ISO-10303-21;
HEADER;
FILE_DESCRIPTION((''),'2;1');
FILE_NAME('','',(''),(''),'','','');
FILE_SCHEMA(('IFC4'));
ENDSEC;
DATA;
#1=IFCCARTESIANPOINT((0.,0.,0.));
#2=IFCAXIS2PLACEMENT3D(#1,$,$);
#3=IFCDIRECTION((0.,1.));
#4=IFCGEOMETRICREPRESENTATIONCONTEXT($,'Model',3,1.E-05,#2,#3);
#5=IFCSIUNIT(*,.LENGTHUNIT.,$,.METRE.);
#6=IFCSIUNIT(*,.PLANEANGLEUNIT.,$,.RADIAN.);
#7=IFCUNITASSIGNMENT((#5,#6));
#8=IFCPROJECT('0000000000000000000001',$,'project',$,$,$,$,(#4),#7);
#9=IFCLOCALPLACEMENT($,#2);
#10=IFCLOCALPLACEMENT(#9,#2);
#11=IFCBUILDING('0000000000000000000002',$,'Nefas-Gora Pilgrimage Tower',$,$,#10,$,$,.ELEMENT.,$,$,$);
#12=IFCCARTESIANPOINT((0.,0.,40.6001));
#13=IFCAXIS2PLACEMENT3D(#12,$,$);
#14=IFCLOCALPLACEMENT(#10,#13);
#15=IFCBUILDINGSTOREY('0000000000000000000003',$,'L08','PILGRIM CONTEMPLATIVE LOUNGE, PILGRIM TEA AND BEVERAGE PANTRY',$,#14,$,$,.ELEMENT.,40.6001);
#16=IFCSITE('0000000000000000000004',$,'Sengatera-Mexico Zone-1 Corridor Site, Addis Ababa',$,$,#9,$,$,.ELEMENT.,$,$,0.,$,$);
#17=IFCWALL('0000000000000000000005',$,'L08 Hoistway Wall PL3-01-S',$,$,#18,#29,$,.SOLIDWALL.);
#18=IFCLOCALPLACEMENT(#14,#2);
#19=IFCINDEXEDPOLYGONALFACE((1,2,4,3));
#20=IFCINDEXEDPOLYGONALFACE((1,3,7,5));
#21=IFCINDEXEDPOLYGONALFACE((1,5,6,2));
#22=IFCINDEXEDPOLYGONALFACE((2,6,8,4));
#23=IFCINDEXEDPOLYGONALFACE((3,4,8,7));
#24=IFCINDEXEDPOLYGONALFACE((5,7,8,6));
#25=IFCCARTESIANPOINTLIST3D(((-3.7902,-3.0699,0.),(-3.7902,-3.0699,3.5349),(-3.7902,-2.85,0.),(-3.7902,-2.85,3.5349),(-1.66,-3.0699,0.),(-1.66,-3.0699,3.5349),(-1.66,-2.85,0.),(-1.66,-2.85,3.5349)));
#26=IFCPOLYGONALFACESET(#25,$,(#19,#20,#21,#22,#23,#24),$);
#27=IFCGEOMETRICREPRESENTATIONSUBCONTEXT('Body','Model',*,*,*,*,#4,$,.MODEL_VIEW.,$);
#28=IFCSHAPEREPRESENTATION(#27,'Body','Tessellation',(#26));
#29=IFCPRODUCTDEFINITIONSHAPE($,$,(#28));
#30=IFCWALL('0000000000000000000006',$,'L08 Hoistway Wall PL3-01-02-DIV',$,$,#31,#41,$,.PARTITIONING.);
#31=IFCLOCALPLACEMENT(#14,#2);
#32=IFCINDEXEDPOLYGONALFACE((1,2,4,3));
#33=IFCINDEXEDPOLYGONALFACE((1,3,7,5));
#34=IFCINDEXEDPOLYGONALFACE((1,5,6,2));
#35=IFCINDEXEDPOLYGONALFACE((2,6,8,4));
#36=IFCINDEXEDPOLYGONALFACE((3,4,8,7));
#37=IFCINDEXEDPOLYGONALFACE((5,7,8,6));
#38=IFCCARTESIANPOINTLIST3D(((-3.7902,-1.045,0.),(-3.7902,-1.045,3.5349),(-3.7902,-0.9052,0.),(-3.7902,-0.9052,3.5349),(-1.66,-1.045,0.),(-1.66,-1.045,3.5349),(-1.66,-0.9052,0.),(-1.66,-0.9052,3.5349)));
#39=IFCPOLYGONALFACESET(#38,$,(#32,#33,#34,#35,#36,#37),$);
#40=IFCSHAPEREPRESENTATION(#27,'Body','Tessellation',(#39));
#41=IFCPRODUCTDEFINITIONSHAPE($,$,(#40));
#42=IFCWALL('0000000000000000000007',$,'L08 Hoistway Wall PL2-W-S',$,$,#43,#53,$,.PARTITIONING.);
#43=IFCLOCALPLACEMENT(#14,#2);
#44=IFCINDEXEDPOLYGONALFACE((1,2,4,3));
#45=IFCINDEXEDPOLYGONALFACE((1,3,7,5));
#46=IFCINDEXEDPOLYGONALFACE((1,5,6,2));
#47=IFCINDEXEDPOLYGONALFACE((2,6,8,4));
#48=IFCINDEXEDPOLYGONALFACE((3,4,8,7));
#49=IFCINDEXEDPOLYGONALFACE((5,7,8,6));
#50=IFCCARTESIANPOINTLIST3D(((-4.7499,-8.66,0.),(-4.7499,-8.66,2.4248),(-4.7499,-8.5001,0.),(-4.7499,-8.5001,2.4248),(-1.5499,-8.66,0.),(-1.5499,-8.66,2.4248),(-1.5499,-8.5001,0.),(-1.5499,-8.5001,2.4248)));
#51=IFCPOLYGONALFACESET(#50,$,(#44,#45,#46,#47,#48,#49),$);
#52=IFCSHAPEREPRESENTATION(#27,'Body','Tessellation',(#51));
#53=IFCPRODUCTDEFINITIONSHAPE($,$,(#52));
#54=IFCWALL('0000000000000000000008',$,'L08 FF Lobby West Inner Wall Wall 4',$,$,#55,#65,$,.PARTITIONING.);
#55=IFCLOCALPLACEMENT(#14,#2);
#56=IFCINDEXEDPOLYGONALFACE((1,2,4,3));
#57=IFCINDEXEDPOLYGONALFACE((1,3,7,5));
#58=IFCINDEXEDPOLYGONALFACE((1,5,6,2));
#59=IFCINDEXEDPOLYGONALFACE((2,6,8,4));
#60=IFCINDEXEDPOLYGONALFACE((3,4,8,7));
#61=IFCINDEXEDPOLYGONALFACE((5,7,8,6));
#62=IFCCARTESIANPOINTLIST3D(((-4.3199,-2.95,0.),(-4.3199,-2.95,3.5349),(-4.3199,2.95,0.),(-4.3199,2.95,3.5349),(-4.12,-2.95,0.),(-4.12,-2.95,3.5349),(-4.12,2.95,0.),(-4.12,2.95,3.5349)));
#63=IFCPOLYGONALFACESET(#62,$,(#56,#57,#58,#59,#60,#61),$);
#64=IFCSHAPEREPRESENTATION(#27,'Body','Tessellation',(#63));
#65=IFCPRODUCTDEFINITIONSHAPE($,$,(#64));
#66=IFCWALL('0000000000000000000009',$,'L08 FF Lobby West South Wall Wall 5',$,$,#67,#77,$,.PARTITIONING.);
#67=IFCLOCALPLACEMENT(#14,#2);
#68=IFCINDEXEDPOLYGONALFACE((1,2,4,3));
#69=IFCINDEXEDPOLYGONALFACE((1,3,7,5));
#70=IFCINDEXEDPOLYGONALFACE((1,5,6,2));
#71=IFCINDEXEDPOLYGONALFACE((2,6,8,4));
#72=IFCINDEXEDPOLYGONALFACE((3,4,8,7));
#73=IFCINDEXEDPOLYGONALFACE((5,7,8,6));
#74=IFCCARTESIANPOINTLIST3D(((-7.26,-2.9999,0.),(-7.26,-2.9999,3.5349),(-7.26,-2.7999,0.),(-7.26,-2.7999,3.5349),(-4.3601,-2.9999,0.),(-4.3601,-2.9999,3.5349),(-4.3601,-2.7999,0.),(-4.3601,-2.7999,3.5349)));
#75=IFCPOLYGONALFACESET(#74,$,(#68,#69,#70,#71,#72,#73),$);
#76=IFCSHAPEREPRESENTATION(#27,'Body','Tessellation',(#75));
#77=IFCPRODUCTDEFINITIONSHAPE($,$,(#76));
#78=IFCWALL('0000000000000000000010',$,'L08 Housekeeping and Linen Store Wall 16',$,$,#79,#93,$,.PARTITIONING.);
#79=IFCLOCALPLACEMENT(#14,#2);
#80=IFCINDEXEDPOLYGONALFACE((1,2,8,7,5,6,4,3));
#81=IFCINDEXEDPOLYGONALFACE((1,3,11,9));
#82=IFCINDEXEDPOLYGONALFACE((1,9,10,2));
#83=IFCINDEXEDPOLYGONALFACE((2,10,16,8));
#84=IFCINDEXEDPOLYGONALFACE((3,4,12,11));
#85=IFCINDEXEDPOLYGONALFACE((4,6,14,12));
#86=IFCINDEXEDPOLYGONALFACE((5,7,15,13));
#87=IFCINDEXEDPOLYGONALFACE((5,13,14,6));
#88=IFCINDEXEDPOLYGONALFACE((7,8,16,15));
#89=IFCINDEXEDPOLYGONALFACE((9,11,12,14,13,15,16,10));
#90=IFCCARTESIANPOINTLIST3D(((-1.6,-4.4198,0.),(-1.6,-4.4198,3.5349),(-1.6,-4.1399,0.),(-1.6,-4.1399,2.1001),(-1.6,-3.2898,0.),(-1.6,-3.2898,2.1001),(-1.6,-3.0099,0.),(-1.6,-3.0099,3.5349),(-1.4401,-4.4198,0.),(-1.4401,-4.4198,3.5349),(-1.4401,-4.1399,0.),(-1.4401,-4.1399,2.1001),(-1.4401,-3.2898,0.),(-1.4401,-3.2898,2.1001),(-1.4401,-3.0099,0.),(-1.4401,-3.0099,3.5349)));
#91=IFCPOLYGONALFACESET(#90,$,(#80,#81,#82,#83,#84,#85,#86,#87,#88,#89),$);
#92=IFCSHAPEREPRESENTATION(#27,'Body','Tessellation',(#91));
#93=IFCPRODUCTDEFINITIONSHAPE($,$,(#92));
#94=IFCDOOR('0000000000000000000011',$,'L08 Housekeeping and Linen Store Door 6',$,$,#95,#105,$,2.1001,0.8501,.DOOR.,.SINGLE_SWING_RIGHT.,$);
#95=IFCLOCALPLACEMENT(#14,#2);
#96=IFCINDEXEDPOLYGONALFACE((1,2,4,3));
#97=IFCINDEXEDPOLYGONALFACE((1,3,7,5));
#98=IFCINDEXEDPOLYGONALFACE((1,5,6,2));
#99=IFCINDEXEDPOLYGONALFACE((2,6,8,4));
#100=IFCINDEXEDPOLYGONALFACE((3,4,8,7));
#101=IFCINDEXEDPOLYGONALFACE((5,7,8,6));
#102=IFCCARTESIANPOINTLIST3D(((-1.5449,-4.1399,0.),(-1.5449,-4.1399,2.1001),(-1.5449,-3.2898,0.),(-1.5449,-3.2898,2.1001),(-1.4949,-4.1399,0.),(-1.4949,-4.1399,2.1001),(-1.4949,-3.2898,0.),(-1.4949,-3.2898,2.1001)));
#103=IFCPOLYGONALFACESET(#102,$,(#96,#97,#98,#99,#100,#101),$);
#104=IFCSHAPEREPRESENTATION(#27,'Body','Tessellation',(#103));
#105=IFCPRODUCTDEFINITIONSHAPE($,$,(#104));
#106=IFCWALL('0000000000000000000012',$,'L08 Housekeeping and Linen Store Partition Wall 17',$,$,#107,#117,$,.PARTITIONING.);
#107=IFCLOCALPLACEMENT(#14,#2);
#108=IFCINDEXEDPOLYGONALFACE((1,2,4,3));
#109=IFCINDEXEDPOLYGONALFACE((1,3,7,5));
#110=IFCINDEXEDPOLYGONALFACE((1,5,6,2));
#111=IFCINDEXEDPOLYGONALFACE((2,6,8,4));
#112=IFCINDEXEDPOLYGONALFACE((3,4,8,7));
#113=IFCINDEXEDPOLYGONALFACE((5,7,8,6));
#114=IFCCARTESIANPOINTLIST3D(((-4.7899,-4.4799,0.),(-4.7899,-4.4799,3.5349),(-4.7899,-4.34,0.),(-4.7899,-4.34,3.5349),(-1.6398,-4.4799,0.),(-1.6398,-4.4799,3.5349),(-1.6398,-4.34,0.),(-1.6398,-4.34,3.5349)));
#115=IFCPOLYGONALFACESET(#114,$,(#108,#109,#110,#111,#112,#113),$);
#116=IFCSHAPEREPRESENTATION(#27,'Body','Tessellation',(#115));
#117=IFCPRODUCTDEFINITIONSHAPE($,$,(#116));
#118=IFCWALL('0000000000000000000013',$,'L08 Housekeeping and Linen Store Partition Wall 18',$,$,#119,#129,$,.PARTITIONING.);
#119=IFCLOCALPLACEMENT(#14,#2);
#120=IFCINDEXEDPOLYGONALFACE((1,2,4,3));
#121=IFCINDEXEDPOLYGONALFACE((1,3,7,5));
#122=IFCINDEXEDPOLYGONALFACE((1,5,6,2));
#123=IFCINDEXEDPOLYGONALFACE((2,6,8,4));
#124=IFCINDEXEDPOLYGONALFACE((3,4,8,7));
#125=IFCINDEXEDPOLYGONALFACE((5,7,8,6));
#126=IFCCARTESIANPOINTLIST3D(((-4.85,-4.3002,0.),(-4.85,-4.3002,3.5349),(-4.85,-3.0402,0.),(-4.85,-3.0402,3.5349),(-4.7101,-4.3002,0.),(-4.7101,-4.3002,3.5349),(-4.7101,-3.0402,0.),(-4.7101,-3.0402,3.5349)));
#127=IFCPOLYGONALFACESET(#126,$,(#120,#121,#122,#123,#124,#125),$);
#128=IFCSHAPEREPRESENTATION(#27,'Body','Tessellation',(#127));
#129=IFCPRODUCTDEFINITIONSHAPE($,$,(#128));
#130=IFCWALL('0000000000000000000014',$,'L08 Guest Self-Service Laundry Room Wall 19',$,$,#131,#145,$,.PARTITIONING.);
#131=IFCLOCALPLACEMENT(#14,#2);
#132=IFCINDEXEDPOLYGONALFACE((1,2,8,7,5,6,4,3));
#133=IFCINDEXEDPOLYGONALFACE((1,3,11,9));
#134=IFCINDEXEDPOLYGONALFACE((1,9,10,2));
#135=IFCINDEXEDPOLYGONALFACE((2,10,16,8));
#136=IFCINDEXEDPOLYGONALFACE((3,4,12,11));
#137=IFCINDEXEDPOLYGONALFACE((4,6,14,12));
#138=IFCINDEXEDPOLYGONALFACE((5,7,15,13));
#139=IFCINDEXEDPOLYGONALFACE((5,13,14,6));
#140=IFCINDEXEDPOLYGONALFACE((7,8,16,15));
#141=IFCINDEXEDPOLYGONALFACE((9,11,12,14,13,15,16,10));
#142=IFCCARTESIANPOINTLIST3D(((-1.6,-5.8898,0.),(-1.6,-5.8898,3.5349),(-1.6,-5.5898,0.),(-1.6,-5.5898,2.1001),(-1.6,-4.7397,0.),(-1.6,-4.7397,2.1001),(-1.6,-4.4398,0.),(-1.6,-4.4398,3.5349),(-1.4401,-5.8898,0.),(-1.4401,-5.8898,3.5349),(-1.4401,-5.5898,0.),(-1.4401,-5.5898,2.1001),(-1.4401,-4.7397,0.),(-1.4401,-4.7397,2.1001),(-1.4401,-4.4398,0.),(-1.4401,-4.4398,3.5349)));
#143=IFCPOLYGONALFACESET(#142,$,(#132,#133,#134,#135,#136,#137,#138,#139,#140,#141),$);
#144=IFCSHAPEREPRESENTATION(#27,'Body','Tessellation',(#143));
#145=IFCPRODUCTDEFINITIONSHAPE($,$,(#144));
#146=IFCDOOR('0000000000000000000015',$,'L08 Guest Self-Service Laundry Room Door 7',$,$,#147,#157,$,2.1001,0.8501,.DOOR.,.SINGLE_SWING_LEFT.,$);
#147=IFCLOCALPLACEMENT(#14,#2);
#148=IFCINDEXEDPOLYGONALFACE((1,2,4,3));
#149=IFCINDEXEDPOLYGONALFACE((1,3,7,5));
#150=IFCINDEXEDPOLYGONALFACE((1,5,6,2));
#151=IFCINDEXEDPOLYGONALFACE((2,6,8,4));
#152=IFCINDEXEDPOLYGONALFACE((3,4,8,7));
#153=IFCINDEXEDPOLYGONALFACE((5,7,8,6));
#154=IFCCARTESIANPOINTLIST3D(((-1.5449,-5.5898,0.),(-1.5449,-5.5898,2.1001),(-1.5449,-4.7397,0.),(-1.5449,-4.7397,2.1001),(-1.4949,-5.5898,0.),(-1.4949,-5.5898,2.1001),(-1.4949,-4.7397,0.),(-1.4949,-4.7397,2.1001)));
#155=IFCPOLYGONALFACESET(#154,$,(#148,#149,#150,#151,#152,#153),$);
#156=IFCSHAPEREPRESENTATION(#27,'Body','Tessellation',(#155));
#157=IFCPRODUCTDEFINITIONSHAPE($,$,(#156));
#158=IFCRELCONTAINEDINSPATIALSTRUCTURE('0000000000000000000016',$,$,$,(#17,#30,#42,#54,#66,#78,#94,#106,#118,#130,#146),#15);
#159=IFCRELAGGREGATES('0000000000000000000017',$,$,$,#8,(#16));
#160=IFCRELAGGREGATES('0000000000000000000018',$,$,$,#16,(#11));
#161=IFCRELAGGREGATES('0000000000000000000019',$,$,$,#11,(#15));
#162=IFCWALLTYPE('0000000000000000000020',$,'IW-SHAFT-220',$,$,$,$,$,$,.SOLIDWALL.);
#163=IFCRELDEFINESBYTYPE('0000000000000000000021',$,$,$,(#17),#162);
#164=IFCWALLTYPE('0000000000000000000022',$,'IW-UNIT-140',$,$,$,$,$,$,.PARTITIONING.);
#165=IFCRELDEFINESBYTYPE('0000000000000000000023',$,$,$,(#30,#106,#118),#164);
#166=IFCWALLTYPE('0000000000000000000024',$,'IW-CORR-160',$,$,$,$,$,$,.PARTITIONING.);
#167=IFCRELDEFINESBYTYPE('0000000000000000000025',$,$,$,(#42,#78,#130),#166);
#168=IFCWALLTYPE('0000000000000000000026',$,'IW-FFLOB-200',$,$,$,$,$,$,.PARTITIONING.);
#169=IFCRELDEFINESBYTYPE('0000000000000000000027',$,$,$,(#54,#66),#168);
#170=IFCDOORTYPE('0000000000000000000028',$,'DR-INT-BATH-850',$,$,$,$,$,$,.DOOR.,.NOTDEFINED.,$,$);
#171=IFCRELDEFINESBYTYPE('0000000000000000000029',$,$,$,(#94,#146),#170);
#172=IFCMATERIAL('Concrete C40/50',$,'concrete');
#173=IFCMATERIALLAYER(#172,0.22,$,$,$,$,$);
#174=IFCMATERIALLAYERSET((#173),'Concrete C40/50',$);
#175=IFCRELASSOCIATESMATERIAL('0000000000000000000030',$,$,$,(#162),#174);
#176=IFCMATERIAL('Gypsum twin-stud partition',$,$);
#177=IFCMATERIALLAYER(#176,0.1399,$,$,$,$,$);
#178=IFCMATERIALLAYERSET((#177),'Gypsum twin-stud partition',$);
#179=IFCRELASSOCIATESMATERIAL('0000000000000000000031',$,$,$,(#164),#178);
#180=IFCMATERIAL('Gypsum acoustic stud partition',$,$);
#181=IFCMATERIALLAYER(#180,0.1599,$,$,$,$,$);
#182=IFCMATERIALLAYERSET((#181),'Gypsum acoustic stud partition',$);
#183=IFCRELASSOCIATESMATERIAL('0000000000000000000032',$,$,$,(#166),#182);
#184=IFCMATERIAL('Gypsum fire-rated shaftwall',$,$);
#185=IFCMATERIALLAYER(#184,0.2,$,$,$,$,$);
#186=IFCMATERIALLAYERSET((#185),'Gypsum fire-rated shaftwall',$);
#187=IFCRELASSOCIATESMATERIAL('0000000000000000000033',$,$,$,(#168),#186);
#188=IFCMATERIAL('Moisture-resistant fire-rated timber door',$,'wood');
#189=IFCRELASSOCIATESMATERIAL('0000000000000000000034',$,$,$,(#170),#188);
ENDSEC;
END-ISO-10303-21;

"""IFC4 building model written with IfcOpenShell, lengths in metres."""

from ifc_helpers import new_model, si_unit, direction, frame, frame_2d, origin, place, context, subcontext, project, spatial, rectangle, extrude, source, transform, mapped, material, layer, layer_set, type_object, element, fill, save


model = new_model("IFC4")

# Units and contexts
model_context = context("Model", 3, precision=1e-05, world=origin(), true_north=direction((0.0, 1.0)))
body_context = subcontext(model_context, "Body", "Model", "MODEL_VIEW")
ifc_project = project(units=[si_unit("LENGTHUNIT", "METRE"), si_unit("PLANEANGLEUNIT", "RADIAN")], contexts=[model_context])

# Site, building, storey
site_placement = place(None, origin())
site = spatial("IfcSite", under=ifc_project, at=site_placement, Name="Sengatera-Mexico Zone-1 Corridor Site, Addis Ababa", CompositionType="ELEMENT", RefElevation=0.0)
building_placement = place(site_placement, origin())
building = spatial("IfcBuilding", under=site, at=building_placement, Name="Nefas-Gora Pilgrimage Tower", CompositionType="ELEMENT")
storey_placement = place(building_placement, frame((0.0, 0.0, 40.6001)))
storey = spatial("IfcBuildingStorey", under=building, at=storey_placement, Name="L08", Description="PILGRIM CONTEMPLATIVE LOUNGE, PILGRIM TEA AND BEVERAGE PANTRY", CompositionType="ELEMENT", Elevation=40.6001)

# Walls
ifc_material_1 = material(Name="Concrete C40/50", Category="concrete")
ifc_layer_1 = layer(ifc_material_1, 0.22)
ifc_layer_set_1 = layer_set([ifc_layer_1], Name="Concrete C40/50")
wall_type_1 = type_object("IfcWallType", Name="IW-SHAFT-220", PredefinedType="SOLIDWALL", material=ifc_layer_set_1)
ifc_material_2 = material(Name="Gypsum twin-stud partition")
ifc_layer_2 = layer(ifc_material_2, 0.1399)
ifc_layer_set_2 = layer_set([ifc_layer_2], Name="Gypsum twin-stud partition")
wall_type_2 = type_object("IfcWallType", Name="IW-UNIT-140", PredefinedType="PARTITIONING", material=ifc_layer_set_2)
shared_shape_1 = source(origin(), body_context, "Body", "SweptSolid", [
    extrude(rectangle(XDim=2.1301, YDim=0.22, at=frame_2d((1.0649, 0.0))), origin(), (0.0, 0.0, 1.0), 3.5349),
])
wall_1_placement = place(storey_placement, frame((-3.79, -2.96, 0.0), z_axis=(0.0, 0.0, 1.0), x_axis=(1.0, 0.0, 0.0)))
element("IfcWall", 1, at=wall_1_placement, inside=storey, type_object=wall_type_1, Name="L08 Hoistway Wall PL3-01-S", PredefinedType="SOLIDWALL", context=body_context, shape_type="MappedRepresentation", body=[
    mapped(shared_shape_1, transform((0.0, 0.0, 0.0), x_axis=(1.0, 0.0, 0.0), y_axis=(0.0, 1.0, 0.0), z_axis=(0.0, 0.0, 1.0), scale=1.0)),
])
shared_shape_2 = source(origin(), body_context, "Body", "SweptSolid", [
    extrude(rectangle(XDim=2.1301, YDim=0.1399, at=frame_2d((1.0649, 0.0))), origin(), (0.0, 0.0, 1.0), 3.5349),
])
wall_2_placement = place(storey_placement, frame((-3.79, -0.9751, 0.0), z_axis=(0.0, 0.0, 1.0), x_axis=(1.0, 0.0, 0.0)))
element("IfcWall", 2, at=wall_2_placement, inside=storey, type_object=wall_type_2, Name="L08 Hoistway Wall PL3-01-02-DIV", PredefinedType="PARTITIONING", context=body_context, shape_type="MappedRepresentation", body=[
    mapped(shared_shape_2, transform((0.0, 0.0, 0.0), x_axis=(1.0, 0.0, 0.0), y_axis=(0.0, 1.0, 0.0), z_axis=(0.0, 0.0, 1.0), scale=1.0)),
])
ifc_material_3 = material(Name="Gypsum acoustic stud partition")
ifc_layer_3 = layer(ifc_material_3, 0.1599)
ifc_layer_set_3 = layer_set([ifc_layer_3], Name="Gypsum acoustic stud partition")
wall_type_3 = type_object("IfcWallType", Name="IW-CORR-160", PredefinedType="PARTITIONING", material=ifc_layer_set_3)
shared_shape_3 = source(origin(), body_context, "Body", "SweptSolid", [
    extrude(rectangle(XDim=3.2, YDim=0.1599, at=frame_2d((1.6001, 0.0))), origin(), (0.0, 0.0, 1.0), 2.4248),
])
wall_3_placement = place(storey_placement, frame((-4.75, -8.5801, 0.0), z_axis=(0.0, 0.0, 1.0), x_axis=(1.0, 0.0, 0.0)))
element("IfcWall", 3, at=wall_3_placement, inside=storey, type_object=wall_type_3, Name="L08 Hoistway Wall PL2-W-S", PredefinedType="PARTITIONING", context=body_context, shape_type="MappedRepresentation", body=[
    mapped(shared_shape_3, transform((0.0, 0.0, 0.0), x_axis=(1.0, 0.0, 0.0), y_axis=(0.0, 1.0, 0.0), z_axis=(0.0, 0.0, 1.0), scale=1.0)),
])
ifc_material_4 = material(Name="Gypsum fire-rated shaftwall")
ifc_layer_4 = layer(ifc_material_4, 0.2)
ifc_layer_set_4 = layer_set([ifc_layer_4], Name="Gypsum fire-rated shaftwall")
wall_type_4 = type_object("IfcWallType", Name="IW-FFLOB-200", PredefinedType="PARTITIONING", material=ifc_layer_set_4)
shared_shape_4 = source(origin(), body_context, "Body", "SweptSolid", [
    extrude(rectangle(XDim=5.8999, YDim=0.2, at=frame_2d((2.95, 0.0))), origin(), (0.0, 0.0, 1.0), 3.5349),
])
wall_4_placement = place(storey_placement, frame((-4.22, -2.95, 0.0), z_axis=(0.0, 0.0, 1.0), x_axis=(0.0, 1.0, 0.0)))
element("IfcWall", 4, at=wall_4_placement, inside=storey, type_object=wall_type_4, Name="L08 FF Lobby West Inner Wall Wall 4", PredefinedType="PARTITIONING", context=body_context, shape_type="MappedRepresentation", body=[
    mapped(shared_shape_4, transform((0.0, 0.0, 0.0), x_axis=(1.0, 0.0, 0.0), y_axis=(0.0, 1.0, 0.0), z_axis=(0.0, 0.0, 1.0), scale=1.0)),
])
shared_shape_5 = source(origin(), body_context, "Body", "SweptSolid", [
    extrude(rectangle(XDim=2.8999, YDim=0.2, at=frame_2d((1.45, 0.0))), origin(), (0.0, 0.0, 1.0), 3.5349),
])
wall_5_placement = place(storey_placement, frame((-7.26, -2.8999, 0.0), z_axis=(0.0, 0.0, 1.0), x_axis=(1.0, 0.0, 0.0)))
element("IfcWall", 5, at=wall_5_placement, inside=storey, type_object=wall_type_4, Name="L08 FF Lobby West South Wall Wall 5", PredefinedType="PARTITIONING", context=body_context, shape_type="MappedRepresentation", body=[
    mapped(shared_shape_5, transform((0.0, 0.0, 0.0), x_axis=(1.0, 0.0, 0.0), y_axis=(0.0, 1.0, 0.0), z_axis=(0.0, 0.0, 1.0), scale=1.0)),
])

# Wall, opening, door
shared_shape_6 = source(origin(), body_context, "Body", "SweptSolid", [
    extrude(rectangle(XDim=1.4099, YDim=0.1599, at=frame_2d((0.7051, 0.0))), origin(), (0.0, 0.0, 1.0), 3.5349),
])
wall_6_placement = place(storey_placement, frame((-1.52, -4.4199, 0.0), z_axis=(0.0, 0.0, 1.0), x_axis=(0.0, 1.0, 0.0)))
wall_6 = element("IfcWall", 6, at=wall_6_placement, inside=storey, type_object=wall_type_3, Name="L08 Housekeeping and Linen Store Wall 16", PredefinedType="PARTITIONING", context=body_context, shape_type="MappedRepresentation", body=[
    mapped(shared_shape_6, transform((0.0, 0.0, 0.0), x_axis=(1.0, 0.0, 0.0), y_axis=(0.0, 1.0, 0.0), z_axis=(0.0, 0.0, 1.0), scale=1.0)),
])
opening_1_placement = place(wall_6_placement, frame((0.28, 0.0, 0.0)))
opening_1 = element("IfcOpeningElement", 7, at=opening_1_placement, cuts=wall_6, PredefinedType="OPENING", context=body_context, shape_type="SweptSolid", body=[
    extrude(rectangle(XDim=0.8501, YDim=2.1001, at=frame_2d((0.425, 1.05))), frame((0.0, 0.0898, 0.0), z_axis=(0.0, -1.0, 0.0), x_axis=(1.0, 0.0, 0.0)), (0.0, 0.0, 1.0), 0.1799),
])
ifc_material_5 = material(Name="Moisture-resistant fire-rated timber door", Category="wood")
door_type_1 = type_object("IfcDoorType", Name="DR-INT-BATH-850", OperationType="NOTDEFINED", PredefinedType="DOOR", material=ifc_material_5)
shared_shape_7 = source(origin(), body_context, "Body", "SweptSolid", [
    extrude(rectangle(XDim=0.8501, YDim=2.1001, at=frame_2d((0.425, 1.05))), frame((0.0, 0.0249, 0.0), z_axis=(0.0, -1.0, 0.0), x_axis=(1.0, 0.0, 0.0)), (0.0, 0.0, 1.0), 0.05),
])
door_1_placement = place(opening_1_placement, origin())
door_1 = element("IfcDoor", 8, at=door_1_placement, inside=storey, type_object=door_type_1, Name="L08 Housekeeping and Linen Store Door 6", OperationType="SINGLE_SWING_RIGHT", OverallHeight=2.1001, OverallWidth=0.8501, PredefinedType="DOOR", context=body_context, shape_type="MappedRepresentation", body=[
    mapped(shared_shape_7, transform((0.0, 0.0, 0.0), x_axis=(1.0, 0.0, 0.0), y_axis=(0.0, 1.0, 0.0), z_axis=(0.0, 0.0, 1.0), scale=1.0)),
])
fill(opening_1, door_1)

# Walls
shared_shape_8 = source(origin(), body_context, "Body", "SweptSolid", [
    extrude(rectangle(XDim=3.1501, YDim=0.1399, at=frame_2d((1.5752, 0.0))), origin(), (0.0, 0.0, 1.0), 3.5349),
])
wall_7_placement = place(storey_placement, frame((-4.79, -4.4099, 0.0), z_axis=(0.0, 0.0, 1.0), x_axis=(1.0, 0.0, 0.0)))
element("IfcWall", 9, at=wall_7_placement, inside=storey, type_object=wall_type_2, Name="L08 Housekeeping and Linen Store Partition Wall 17", PredefinedType="PARTITIONING", context=body_context, shape_type="MappedRepresentation", body=[
    mapped(shared_shape_8, transform((0.0, 0.0, 0.0), x_axis=(1.0, 0.0, 0.0), y_axis=(0.0, 1.0, 0.0), z_axis=(0.0, 0.0, 1.0), scale=1.0)),
])
shared_shape_9 = source(origin(), body_context, "Body", "SweptSolid", [
    extrude(rectangle(XDim=1.26, YDim=0.1399, at=frame_2d((0.6299, 0.0))), origin(), (0.0, 0.0, 1.0), 3.5349),
])
wall_8_placement = place(storey_placement, frame((-4.78, -4.3, 0.0), z_axis=(0.0, 0.0, 1.0), x_axis=(0.0, 1.0, 0.0)))
element("IfcWall", 10, at=wall_8_placement, inside=storey, type_object=wall_type_2, Name="L08 Housekeeping and Linen Store Partition Wall 18", PredefinedType="PARTITIONING", context=body_context, shape_type="MappedRepresentation", body=[
    mapped(shared_shape_9, transform((0.0, 0.0, 0.0), x_axis=(1.0, 0.0, 0.0), y_axis=(0.0, 1.0, 0.0), z_axis=(0.0, 0.0, 1.0), scale=1.0)),
])

# Wall, opening, door
shared_shape_10 = source(origin(), body_context, "Body", "SweptSolid", [
    extrude(rectangle(XDim=1.45, YDim=0.1599, at=frame_2d((0.7251, 0.0))), origin(), (0.0, 0.0, 1.0), 3.5349),
])
wall_9_placement = place(storey_placement, frame((-1.52, -5.8899, 0.0), z_axis=(0.0, 0.0, 1.0), x_axis=(0.0, 1.0, 0.0)))
wall_9 = element("IfcWall", 11, at=wall_9_placement, inside=storey, type_object=wall_type_3, Name="L08 Guest Self-Service Laundry Room Wall 19", PredefinedType="PARTITIONING", context=body_context, shape_type="MappedRepresentation", body=[
    mapped(shared_shape_10, transform((0.0, 0.0, 0.0), x_axis=(1.0, 0.0, 0.0), y_axis=(0.0, 1.0, 0.0), z_axis=(0.0, 0.0, 1.0), scale=1.0)),
])
opening_2_placement = place(wall_9_placement, frame((0.3, 0.0, 0.0)))
opening_2 = element("IfcOpeningElement", 12, at=opening_2_placement, cuts=wall_9, PredefinedType="OPENING", context=body_context, shape_type="SweptSolid", body=[
    extrude(rectangle(XDim=0.8501, YDim=2.1001, at=frame_2d((0.425, 1.05))), frame((0.0, 0.0898, 0.0), z_axis=(0.0, -1.0, 0.0), x_axis=(1.0, 0.0, 0.0)), (0.0, 0.0, 1.0), 0.1799),
])
door_2_placement = place(opening_2_placement, origin())
door_2 = element("IfcDoor", 13, at=door_2_placement, inside=storey, type_object=door_type_1, Name="L08 Guest Self-Service Laundry Room Door 7", OperationType="SINGLE_SWING_LEFT", OverallHeight=2.1001, OverallWidth=0.8501, PredefinedType="DOOR", context=body_context, shape_type="MappedRepresentation", body=[
    mapped(shared_shape_7, transform((0.0, 0.0, 0.0), x_axis=(1.0, 0.0, 0.0), y_axis=(0.0, 1.0, 0.0), z_axis=(0.0, 0.0, 1.0), scale=1.0)),
])
fill(opening_2, door_2)

save(model, "model.ifc")
